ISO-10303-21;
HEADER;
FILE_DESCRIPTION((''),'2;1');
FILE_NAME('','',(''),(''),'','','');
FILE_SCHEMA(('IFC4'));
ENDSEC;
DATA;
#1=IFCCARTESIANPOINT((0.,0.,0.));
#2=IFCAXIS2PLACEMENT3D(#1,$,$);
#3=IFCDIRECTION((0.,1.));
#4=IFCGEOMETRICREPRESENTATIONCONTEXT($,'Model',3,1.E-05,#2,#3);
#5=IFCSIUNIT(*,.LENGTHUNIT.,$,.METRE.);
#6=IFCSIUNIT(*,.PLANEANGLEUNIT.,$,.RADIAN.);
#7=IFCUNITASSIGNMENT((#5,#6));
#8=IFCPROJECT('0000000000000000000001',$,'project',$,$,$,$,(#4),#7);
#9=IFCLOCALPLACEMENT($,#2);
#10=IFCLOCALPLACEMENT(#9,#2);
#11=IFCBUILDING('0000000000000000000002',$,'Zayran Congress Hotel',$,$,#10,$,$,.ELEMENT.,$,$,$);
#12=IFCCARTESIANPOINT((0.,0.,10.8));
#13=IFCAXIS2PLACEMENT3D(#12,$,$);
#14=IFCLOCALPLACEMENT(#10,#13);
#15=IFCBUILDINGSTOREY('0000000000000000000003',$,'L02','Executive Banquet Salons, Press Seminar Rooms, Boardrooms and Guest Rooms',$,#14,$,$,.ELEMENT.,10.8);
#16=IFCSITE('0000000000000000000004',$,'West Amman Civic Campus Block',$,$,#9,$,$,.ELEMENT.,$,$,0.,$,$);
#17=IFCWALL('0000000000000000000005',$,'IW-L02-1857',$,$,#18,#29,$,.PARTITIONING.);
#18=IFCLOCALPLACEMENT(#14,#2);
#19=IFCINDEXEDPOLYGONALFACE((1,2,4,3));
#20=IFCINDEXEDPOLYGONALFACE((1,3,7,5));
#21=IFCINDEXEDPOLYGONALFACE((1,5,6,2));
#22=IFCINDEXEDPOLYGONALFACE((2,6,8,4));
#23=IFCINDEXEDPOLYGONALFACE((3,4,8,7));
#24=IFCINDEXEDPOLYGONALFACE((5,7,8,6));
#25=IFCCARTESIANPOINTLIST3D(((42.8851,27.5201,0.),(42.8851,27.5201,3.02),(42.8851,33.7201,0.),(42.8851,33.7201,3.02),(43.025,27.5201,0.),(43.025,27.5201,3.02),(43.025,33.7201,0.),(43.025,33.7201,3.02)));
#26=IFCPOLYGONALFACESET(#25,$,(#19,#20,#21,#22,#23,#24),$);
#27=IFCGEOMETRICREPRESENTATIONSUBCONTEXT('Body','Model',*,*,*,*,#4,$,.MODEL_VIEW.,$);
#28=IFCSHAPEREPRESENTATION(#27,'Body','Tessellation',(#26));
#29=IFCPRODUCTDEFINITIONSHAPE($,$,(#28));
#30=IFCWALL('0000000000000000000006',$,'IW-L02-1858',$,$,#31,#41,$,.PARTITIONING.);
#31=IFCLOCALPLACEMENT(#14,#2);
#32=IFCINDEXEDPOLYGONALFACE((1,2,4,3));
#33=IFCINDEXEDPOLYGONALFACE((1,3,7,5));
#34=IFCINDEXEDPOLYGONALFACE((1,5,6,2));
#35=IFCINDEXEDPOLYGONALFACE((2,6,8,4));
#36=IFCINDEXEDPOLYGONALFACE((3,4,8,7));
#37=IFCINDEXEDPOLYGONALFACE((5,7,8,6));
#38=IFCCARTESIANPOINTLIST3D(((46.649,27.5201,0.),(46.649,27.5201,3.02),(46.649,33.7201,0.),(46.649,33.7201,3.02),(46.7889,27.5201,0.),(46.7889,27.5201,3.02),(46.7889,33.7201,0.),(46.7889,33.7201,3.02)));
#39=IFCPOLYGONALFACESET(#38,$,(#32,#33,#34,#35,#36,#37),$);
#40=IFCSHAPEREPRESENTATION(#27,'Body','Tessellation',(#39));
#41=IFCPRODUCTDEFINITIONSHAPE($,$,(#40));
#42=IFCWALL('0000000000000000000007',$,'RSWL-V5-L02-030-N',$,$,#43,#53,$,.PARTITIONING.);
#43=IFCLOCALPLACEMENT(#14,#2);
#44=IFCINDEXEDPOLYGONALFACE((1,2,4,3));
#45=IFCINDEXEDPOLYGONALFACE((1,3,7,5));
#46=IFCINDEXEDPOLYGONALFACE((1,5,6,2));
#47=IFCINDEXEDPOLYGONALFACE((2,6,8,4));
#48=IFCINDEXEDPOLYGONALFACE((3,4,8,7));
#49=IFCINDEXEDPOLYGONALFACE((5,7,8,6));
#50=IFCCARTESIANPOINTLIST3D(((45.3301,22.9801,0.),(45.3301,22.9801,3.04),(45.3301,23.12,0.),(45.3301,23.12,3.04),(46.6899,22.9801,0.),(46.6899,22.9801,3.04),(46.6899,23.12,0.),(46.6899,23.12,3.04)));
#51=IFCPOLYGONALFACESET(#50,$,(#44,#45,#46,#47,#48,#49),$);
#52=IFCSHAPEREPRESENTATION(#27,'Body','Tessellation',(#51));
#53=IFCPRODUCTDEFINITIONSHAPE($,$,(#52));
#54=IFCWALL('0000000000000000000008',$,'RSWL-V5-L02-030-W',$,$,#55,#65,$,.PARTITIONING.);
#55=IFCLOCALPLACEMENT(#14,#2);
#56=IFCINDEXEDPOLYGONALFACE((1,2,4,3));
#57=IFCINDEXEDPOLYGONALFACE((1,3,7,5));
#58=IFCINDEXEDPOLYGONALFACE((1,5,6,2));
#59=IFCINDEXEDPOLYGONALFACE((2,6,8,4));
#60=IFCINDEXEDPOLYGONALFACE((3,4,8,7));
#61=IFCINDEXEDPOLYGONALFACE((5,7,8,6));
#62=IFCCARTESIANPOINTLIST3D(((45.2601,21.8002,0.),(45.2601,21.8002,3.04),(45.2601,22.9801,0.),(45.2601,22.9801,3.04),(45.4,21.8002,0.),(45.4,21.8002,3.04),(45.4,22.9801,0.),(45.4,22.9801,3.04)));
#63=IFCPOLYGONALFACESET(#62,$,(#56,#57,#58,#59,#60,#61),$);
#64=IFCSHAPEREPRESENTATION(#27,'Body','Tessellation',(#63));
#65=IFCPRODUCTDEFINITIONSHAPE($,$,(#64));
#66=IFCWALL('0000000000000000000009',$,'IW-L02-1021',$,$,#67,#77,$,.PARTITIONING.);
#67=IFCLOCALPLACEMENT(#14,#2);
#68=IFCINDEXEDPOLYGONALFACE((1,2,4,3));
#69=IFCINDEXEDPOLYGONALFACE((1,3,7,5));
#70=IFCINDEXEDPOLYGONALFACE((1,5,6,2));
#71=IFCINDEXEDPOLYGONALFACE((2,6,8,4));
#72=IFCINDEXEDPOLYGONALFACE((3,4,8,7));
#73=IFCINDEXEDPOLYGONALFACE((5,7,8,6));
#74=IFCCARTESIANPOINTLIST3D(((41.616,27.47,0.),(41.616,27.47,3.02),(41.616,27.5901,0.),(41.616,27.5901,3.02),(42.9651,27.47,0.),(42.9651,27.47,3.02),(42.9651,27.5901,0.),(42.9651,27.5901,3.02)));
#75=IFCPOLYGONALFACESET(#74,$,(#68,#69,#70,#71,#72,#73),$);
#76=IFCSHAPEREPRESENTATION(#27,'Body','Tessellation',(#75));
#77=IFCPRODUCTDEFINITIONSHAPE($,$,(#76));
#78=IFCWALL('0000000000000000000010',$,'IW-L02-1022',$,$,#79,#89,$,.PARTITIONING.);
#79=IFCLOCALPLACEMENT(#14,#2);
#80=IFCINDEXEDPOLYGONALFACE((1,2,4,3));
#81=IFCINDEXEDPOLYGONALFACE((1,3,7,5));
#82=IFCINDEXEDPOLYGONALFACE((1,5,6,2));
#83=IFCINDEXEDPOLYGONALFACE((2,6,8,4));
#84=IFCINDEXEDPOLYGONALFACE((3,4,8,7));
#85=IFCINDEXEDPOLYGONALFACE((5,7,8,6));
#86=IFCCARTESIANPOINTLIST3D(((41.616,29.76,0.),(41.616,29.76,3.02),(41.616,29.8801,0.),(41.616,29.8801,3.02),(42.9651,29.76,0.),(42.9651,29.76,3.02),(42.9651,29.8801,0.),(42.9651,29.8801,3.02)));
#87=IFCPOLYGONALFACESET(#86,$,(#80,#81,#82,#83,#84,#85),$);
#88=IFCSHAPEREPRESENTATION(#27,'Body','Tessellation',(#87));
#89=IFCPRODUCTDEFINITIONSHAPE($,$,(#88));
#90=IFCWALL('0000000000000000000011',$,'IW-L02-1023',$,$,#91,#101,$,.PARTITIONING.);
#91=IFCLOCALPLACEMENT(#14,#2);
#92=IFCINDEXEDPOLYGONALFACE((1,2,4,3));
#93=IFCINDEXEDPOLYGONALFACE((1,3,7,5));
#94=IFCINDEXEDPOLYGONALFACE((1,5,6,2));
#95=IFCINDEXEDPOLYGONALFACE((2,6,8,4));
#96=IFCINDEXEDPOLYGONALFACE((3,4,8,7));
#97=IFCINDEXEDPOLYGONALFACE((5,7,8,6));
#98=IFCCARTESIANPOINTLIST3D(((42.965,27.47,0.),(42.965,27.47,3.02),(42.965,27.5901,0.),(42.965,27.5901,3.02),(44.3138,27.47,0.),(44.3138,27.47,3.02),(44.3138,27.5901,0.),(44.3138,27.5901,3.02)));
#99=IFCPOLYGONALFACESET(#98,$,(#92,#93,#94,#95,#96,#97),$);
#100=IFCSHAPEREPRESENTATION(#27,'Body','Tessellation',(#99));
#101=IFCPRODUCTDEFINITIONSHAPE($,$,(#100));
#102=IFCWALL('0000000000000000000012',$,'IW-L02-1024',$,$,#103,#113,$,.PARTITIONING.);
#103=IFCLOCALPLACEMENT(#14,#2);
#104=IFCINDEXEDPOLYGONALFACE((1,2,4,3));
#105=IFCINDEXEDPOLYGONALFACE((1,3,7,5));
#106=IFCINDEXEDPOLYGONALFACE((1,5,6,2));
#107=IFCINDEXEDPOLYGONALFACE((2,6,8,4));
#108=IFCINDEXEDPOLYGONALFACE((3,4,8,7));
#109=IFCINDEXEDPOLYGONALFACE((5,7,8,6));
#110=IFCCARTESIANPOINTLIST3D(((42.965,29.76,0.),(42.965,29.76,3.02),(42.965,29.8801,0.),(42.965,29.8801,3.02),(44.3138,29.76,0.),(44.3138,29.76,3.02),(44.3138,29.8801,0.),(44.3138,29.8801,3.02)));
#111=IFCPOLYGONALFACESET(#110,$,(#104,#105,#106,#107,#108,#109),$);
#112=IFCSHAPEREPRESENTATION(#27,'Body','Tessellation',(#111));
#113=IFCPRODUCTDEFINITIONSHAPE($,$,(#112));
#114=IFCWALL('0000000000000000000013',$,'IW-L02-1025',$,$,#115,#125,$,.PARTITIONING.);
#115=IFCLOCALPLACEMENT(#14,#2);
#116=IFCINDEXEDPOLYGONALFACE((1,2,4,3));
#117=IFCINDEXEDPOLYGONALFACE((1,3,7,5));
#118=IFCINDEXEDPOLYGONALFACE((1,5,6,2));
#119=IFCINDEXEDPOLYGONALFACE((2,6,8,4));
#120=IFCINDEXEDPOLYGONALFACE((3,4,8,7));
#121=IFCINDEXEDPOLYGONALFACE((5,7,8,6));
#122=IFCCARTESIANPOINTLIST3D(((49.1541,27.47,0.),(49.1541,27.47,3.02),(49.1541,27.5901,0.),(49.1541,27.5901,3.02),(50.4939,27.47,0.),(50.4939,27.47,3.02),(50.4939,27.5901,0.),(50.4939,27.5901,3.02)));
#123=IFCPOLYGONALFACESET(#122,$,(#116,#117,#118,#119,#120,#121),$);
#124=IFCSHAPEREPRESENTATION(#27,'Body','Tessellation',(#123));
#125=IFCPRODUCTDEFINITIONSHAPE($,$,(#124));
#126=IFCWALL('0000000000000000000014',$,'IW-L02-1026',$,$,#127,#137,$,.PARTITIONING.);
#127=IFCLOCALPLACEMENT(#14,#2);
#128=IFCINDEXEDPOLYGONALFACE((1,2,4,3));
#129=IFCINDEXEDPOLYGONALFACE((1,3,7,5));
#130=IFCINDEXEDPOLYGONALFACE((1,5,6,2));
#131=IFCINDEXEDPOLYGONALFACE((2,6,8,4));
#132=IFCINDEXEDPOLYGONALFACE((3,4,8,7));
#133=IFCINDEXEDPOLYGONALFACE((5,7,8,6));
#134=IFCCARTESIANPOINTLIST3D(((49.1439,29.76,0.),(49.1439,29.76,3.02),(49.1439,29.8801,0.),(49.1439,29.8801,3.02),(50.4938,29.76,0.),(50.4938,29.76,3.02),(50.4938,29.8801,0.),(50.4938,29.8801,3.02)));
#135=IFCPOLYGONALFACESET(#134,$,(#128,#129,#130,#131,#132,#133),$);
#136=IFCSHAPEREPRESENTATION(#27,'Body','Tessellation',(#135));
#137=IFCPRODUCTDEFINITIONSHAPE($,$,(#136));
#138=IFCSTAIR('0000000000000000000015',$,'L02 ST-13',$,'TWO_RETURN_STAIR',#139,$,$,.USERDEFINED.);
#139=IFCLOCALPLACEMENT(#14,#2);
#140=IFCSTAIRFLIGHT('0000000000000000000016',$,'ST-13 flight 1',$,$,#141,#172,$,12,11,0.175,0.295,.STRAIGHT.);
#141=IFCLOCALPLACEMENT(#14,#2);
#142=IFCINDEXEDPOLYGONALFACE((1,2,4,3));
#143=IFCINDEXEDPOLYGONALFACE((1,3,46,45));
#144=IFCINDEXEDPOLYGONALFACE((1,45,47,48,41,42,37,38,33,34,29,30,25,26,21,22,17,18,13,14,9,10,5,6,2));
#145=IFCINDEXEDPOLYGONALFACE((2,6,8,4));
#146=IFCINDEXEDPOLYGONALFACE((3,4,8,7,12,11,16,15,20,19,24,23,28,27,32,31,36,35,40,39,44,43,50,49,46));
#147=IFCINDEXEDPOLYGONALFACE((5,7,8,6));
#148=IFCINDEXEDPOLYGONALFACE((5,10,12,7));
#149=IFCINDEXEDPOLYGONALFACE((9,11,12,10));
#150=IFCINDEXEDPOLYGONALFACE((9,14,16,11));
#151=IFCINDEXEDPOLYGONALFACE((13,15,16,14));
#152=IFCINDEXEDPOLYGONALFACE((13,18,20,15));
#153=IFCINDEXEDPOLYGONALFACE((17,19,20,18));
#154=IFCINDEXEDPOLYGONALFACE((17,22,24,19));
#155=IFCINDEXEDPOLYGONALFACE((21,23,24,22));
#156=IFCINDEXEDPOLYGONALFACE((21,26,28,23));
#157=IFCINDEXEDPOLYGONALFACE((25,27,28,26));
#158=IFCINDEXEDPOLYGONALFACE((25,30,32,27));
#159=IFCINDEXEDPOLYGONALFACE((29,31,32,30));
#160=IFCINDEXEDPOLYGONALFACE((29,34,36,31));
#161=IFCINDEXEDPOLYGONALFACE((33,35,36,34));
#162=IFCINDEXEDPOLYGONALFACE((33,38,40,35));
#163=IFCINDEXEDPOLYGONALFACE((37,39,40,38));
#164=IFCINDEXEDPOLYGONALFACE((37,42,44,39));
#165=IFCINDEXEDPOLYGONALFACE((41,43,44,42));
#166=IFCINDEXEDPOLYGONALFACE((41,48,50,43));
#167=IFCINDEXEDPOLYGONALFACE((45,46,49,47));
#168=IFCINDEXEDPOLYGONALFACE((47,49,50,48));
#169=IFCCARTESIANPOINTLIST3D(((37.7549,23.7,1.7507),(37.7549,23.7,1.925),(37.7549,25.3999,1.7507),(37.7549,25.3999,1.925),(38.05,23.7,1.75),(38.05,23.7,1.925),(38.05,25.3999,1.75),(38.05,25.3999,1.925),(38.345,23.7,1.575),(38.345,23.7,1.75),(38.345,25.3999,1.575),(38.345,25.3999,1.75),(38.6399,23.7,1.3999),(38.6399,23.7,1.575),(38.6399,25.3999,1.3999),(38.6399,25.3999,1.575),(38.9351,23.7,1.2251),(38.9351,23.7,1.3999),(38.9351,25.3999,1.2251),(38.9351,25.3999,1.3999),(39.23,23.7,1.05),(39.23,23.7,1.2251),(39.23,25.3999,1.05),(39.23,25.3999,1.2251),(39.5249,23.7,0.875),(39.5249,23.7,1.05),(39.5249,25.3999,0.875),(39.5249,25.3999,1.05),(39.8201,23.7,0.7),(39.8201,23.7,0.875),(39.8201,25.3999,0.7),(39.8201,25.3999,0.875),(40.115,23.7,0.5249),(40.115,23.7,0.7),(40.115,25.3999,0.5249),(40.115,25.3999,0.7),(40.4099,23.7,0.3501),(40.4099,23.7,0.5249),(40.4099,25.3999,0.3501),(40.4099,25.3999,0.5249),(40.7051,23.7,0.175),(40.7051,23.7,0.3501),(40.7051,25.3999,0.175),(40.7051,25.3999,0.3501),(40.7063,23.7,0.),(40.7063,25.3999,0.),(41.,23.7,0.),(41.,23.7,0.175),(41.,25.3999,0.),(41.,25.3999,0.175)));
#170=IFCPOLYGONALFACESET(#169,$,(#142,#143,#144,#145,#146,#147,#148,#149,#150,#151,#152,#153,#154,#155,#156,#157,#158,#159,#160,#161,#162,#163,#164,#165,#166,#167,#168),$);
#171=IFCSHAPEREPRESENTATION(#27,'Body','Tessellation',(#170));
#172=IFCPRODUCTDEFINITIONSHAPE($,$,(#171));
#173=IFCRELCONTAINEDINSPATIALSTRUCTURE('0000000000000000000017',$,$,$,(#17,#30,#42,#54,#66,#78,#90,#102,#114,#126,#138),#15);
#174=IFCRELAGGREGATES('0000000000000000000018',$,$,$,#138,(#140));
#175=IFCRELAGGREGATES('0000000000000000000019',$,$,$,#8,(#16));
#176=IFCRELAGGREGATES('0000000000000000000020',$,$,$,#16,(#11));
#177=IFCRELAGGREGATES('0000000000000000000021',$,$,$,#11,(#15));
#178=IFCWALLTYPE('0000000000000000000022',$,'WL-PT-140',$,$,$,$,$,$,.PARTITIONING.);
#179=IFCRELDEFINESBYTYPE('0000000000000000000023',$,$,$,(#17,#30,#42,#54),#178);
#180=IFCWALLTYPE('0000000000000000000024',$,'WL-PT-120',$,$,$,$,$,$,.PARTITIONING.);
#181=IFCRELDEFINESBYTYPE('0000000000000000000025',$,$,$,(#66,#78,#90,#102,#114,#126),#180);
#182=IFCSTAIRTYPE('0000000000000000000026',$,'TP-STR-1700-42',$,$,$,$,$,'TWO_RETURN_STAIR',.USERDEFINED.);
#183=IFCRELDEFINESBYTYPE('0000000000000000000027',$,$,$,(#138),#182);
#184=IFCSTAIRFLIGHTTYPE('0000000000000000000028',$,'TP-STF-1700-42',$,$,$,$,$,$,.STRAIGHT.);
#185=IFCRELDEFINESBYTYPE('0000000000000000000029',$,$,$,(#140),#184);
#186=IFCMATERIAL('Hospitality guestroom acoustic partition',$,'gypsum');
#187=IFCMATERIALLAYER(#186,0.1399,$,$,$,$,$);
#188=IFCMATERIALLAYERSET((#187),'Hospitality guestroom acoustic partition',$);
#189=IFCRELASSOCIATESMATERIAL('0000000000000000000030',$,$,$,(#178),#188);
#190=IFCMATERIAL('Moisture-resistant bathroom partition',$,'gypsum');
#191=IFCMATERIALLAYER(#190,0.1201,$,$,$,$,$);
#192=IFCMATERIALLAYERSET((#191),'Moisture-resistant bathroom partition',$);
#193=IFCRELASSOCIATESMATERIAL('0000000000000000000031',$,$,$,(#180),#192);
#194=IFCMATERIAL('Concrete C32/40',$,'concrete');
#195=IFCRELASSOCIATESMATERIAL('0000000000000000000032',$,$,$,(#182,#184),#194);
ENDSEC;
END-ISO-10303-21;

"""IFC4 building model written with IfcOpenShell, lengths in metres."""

from ifc_helpers import new_model, si_unit, direction, frame, frame_2d, origin, place, context, subcontext, project, spatial, polyline, rectangle, outline, extrude, material, layer, layer_set, type_object, element, aggregate, save


model = new_model("IFC4")

# Units and contexts
model_context = context("Model", 3, precision=1e-05, world=origin(), true_north=direction((0.0, 1.0)))
body_context = subcontext(model_context, "Body", "Model", "MODEL_VIEW")
ifc_project = project(units=[si_unit("LENGTHUNIT", "METRE"), si_unit("PLANEANGLEUNIT", "RADIAN")], contexts=[model_context])

# Site, building, storey
site_placement = place(None, origin())
site = spatial("IfcSite", under=ifc_project, at=site_placement, Name="West Amman Civic Campus Block", CompositionType="ELEMENT", RefElevation=0.0)
building_placement = place(site_placement, origin())
building = spatial("IfcBuilding", under=site, at=building_placement, Name="Zayran Congress Hotel", CompositionType="ELEMENT")
storey_placement = place(building_placement, frame((0.0, 0.0, 10.8)))
storey = spatial("IfcBuildingStorey", under=building, at=storey_placement, Name="L02", Description="Executive Banquet Salons, Press Seminar Rooms, Boardrooms and Guest Rooms", CompositionType="ELEMENT", Elevation=10.8)

# Shared definitions
ifc_material_1 = material(Name="Hospitality guestroom acoustic partition", Category="gypsum")
ifc_layer_1 = layer(ifc_material_1, 0.1399)
ifc_layer_set_1 = layer_set([ifc_layer_1], Name="Hospitality guestroom acoustic partition")
wall_type_1 = type_object("IfcWallType", Name="WL-PT-140", PredefinedType="PARTITIONING", material=ifc_layer_set_1)

# Walls
for number, where, z_axis, x_axis, name in (
    (1, (42.9551, 27.52, 0.0), (0.0, 0.0, 1.0), (0.0, 1.0, 0.0), "IW-L02-1857"),
    (2, (46.719, 27.52, 0.0), (0.0, 0.0, 1.0), (0.0, 1.0, 0.0), "IW-L02-1858"),
):
    element("IfcWall", number, at=place(storey_placement, frame(where, z_axis=z_axis, x_axis=x_axis)), inside=storey, type_object=wall_type_1, Name=name, PredefinedType="PARTITIONING", context=body_context, shape_type="SweptSolid", body=[
        extrude(rectangle(XDim=6.2, YDim=0.1399, at=frame_2d((3.1001, 0.0))), origin(), (0.0, 0.0, 1.0), 3.02),
    ])
wall_1_placement = place(storey_placement, frame((46.6899, 23.05, 0.0), z_axis=(0.0, 0.0, 1.0), x_axis=(-1.0, 0.0, 0.0)))
element("IfcWall", 3, at=wall_1_placement, inside=storey, type_object=wall_type_1, Name="RSWL-V5-L02-030-N", PredefinedType="PARTITIONING", context=body_context, shape_type="SweptSolid", body=[
    extrude(rectangle(XDim=1.3599, YDim=0.1399, at=frame_2d((0.6799, 0.0))), origin(), (0.0, 0.0, 1.0), 3.04),
])
wall_2_placement = place(storey_placement, frame((45.3301, 22.98, 0.0), z_axis=(0.0, 0.0, 1.0), x_axis=(0.0, -1.0, 0.0)))
element("IfcWall", 4, at=wall_2_placement, inside=storey, type_object=wall_type_1, Name="RSWL-V5-L02-030-W", PredefinedType="PARTITIONING", context=body_context, shape_type="SweptSolid", body=[
    extrude(rectangle(XDim=1.1799, YDim=0.1399, at=frame_2d((0.5898, 0.0))), origin(), (0.0, 0.0, 1.0), 3.04),
])

# Shared definitions
ifc_material_2 = material(Name="Moisture-resistant bathroom partition", Category="gypsum")
ifc_layer_2 = layer(ifc_material_2, 0.1201)
ifc_layer_set_2 = layer_set([ifc_layer_2], Name="Moisture-resistant bathroom partition")
wall_type_2 = type_object("IfcWallType", Name="WL-PT-120", PredefinedType="PARTITIONING", material=ifc_layer_set_2)

# Walls
for number, where, z_axis, x_axis, name in (
    (5, (41.616, 27.53, 0.0), (0.0, 0.0, 1.0), (1.0, 0.0, 0.0), "IW-L02-1021"),
    (6, (41.616, 29.8201, 0.0), (0.0, 0.0, 1.0), (1.0, 0.0, 0.0), "IW-L02-1022"),
):
    element("IfcWall", number, at=place(storey_placement, frame(where, z_axis=z_axis, x_axis=x_axis)), inside=storey, type_object=wall_type_2, Name=name, PredefinedType="PARTITIONING", context=body_context, shape_type="SweptSolid", body=[
        extrude(rectangle(XDim=1.3491, YDim=0.1201, at=frame_2d((0.6746, 0.0))), origin(), (0.0, 0.0, 1.0), 3.02),
    ])
for number, where, z_axis, x_axis, name in (
    (7, (42.9651, 27.53, 0.0), (0.0, 0.0, 1.0), (1.0, 0.0, 0.0), "IW-L02-1023"),
    (8, (42.9651, 29.8201, 0.0), (0.0, 0.0, 1.0), (1.0, 0.0, 0.0), "IW-L02-1024"),
):
    element("IfcWall", number, at=place(storey_placement, frame(where, z_axis=z_axis, x_axis=x_axis)), inside=storey, type_object=wall_type_2, Name=name, PredefinedType="PARTITIONING", context=body_context, shape_type="SweptSolid", body=[
        extrude(rectangle(XDim=1.3489, YDim=0.1201, at=frame_2d((0.6743, 0.0))), origin(), (0.0, 0.0, 1.0), 3.02),
    ])
wall_3_placement = place(storey_placement, frame((49.1541, 27.53, 0.0), z_axis=(0.0, 0.0, 1.0), x_axis=(1.0, 0.0, 0.0)))
element("IfcWall", 9, at=wall_3_placement, inside=storey, type_object=wall_type_2, Name="IW-L02-1025", PredefinedType="PARTITIONING", context=body_context, shape_type="SweptSolid", body=[
    extrude(rectangle(XDim=1.3398, YDim=0.1201, at=frame_2d((0.6699, 0.0))), origin(), (0.0, 0.0, 1.0), 3.02),
])
wall_4_placement = place(storey_placement, frame((49.144, 29.8201, 0.0), z_axis=(0.0, 0.0, 1.0), x_axis=(1.0, 0.0, 0.0)))
element("IfcWall", 10, at=wall_4_placement, inside=storey, type_object=wall_type_2, Name="IW-L02-1026", PredefinedType="PARTITIONING", context=body_context, shape_type="SweptSolid", body=[
    extrude(rectangle(XDim=1.3499, YDim=0.1201, at=frame_2d((0.6748, 0.0))), origin(), (0.0, 0.0, 1.0), 3.02),
])

# Stair, stair flight
ifc_material_3 = material(Name="Concrete C32/40", Category="concrete")
stair_type = type_object("IfcStairType", Name="TP-STR-1700-42", ElementType="TWO_RETURN_STAIR", PredefinedType="USERDEFINED", material=ifc_material_3)
stair_placement = place(storey_placement, origin())
stair = element("IfcStair", 11, at=stair_placement, inside=storey, type_object=stair_type, Name="L02 ST-13", ObjectType="TWO_RETURN_STAIR", PredefinedType="USERDEFINED")
stair_flight_type = type_object("IfcStairFlightType", Name="TP-STF-1700-42", PredefinedType="STRAIGHT", material=ifc_material_3)
stair_flight_placement = place(storey_placement, frame((41.0, 24.55, 0.0), z_axis=(0.0, 0.0, 1.0), x_axis=(-1.0, 0.0, 0.0)))
stair_flight = element("IfcStairFlight", 12, at=stair_flight_placement, type_object=stair_flight_type, Name="ST-13 flight 1", NumberOfRisers=12, NumberOfTreads=11, PredefinedType="STRAIGHT", RiserHeight=0.175, TreadLength=0.295, context=body_context, shape_type="SweptSolid", body=[
    extrude(outline(polyline([(0.0, 0.0), (0.0, 0.175), (0.2949, 0.175), (0.2949, 0.3501), (0.5901, 0.3501), (0.5901, 0.5249), (0.885, 0.5249), (0.885, 0.7), (1.1799, 0.7), (1.1799, 0.875), (1.4751, 0.875), (1.4751, 1.05), (1.77, 1.05), (1.77, 1.2251), (2.0649, 1.2251), (2.0649, 1.3999), (2.3601, 1.3999), (2.3601, 1.575), (2.655, 1.575), (2.655, 1.75), (2.95, 1.75), (2.95, 1.925), (3.2451, 1.925), (3.2451, 2.1001), (3.2451, 1.7507), (0.2937, 0.0), (0.0, 0.0)])), frame((0.0, 0.8501, 0.0), z_axis=(0.0, -1.0, 0.0), x_axis=(1.0, 0.0, 0.0)), (0.0, 0.0, 1.0), 1.7),
])
aggregate(stair, [stair_flight])

save(model, "model.ifc")
